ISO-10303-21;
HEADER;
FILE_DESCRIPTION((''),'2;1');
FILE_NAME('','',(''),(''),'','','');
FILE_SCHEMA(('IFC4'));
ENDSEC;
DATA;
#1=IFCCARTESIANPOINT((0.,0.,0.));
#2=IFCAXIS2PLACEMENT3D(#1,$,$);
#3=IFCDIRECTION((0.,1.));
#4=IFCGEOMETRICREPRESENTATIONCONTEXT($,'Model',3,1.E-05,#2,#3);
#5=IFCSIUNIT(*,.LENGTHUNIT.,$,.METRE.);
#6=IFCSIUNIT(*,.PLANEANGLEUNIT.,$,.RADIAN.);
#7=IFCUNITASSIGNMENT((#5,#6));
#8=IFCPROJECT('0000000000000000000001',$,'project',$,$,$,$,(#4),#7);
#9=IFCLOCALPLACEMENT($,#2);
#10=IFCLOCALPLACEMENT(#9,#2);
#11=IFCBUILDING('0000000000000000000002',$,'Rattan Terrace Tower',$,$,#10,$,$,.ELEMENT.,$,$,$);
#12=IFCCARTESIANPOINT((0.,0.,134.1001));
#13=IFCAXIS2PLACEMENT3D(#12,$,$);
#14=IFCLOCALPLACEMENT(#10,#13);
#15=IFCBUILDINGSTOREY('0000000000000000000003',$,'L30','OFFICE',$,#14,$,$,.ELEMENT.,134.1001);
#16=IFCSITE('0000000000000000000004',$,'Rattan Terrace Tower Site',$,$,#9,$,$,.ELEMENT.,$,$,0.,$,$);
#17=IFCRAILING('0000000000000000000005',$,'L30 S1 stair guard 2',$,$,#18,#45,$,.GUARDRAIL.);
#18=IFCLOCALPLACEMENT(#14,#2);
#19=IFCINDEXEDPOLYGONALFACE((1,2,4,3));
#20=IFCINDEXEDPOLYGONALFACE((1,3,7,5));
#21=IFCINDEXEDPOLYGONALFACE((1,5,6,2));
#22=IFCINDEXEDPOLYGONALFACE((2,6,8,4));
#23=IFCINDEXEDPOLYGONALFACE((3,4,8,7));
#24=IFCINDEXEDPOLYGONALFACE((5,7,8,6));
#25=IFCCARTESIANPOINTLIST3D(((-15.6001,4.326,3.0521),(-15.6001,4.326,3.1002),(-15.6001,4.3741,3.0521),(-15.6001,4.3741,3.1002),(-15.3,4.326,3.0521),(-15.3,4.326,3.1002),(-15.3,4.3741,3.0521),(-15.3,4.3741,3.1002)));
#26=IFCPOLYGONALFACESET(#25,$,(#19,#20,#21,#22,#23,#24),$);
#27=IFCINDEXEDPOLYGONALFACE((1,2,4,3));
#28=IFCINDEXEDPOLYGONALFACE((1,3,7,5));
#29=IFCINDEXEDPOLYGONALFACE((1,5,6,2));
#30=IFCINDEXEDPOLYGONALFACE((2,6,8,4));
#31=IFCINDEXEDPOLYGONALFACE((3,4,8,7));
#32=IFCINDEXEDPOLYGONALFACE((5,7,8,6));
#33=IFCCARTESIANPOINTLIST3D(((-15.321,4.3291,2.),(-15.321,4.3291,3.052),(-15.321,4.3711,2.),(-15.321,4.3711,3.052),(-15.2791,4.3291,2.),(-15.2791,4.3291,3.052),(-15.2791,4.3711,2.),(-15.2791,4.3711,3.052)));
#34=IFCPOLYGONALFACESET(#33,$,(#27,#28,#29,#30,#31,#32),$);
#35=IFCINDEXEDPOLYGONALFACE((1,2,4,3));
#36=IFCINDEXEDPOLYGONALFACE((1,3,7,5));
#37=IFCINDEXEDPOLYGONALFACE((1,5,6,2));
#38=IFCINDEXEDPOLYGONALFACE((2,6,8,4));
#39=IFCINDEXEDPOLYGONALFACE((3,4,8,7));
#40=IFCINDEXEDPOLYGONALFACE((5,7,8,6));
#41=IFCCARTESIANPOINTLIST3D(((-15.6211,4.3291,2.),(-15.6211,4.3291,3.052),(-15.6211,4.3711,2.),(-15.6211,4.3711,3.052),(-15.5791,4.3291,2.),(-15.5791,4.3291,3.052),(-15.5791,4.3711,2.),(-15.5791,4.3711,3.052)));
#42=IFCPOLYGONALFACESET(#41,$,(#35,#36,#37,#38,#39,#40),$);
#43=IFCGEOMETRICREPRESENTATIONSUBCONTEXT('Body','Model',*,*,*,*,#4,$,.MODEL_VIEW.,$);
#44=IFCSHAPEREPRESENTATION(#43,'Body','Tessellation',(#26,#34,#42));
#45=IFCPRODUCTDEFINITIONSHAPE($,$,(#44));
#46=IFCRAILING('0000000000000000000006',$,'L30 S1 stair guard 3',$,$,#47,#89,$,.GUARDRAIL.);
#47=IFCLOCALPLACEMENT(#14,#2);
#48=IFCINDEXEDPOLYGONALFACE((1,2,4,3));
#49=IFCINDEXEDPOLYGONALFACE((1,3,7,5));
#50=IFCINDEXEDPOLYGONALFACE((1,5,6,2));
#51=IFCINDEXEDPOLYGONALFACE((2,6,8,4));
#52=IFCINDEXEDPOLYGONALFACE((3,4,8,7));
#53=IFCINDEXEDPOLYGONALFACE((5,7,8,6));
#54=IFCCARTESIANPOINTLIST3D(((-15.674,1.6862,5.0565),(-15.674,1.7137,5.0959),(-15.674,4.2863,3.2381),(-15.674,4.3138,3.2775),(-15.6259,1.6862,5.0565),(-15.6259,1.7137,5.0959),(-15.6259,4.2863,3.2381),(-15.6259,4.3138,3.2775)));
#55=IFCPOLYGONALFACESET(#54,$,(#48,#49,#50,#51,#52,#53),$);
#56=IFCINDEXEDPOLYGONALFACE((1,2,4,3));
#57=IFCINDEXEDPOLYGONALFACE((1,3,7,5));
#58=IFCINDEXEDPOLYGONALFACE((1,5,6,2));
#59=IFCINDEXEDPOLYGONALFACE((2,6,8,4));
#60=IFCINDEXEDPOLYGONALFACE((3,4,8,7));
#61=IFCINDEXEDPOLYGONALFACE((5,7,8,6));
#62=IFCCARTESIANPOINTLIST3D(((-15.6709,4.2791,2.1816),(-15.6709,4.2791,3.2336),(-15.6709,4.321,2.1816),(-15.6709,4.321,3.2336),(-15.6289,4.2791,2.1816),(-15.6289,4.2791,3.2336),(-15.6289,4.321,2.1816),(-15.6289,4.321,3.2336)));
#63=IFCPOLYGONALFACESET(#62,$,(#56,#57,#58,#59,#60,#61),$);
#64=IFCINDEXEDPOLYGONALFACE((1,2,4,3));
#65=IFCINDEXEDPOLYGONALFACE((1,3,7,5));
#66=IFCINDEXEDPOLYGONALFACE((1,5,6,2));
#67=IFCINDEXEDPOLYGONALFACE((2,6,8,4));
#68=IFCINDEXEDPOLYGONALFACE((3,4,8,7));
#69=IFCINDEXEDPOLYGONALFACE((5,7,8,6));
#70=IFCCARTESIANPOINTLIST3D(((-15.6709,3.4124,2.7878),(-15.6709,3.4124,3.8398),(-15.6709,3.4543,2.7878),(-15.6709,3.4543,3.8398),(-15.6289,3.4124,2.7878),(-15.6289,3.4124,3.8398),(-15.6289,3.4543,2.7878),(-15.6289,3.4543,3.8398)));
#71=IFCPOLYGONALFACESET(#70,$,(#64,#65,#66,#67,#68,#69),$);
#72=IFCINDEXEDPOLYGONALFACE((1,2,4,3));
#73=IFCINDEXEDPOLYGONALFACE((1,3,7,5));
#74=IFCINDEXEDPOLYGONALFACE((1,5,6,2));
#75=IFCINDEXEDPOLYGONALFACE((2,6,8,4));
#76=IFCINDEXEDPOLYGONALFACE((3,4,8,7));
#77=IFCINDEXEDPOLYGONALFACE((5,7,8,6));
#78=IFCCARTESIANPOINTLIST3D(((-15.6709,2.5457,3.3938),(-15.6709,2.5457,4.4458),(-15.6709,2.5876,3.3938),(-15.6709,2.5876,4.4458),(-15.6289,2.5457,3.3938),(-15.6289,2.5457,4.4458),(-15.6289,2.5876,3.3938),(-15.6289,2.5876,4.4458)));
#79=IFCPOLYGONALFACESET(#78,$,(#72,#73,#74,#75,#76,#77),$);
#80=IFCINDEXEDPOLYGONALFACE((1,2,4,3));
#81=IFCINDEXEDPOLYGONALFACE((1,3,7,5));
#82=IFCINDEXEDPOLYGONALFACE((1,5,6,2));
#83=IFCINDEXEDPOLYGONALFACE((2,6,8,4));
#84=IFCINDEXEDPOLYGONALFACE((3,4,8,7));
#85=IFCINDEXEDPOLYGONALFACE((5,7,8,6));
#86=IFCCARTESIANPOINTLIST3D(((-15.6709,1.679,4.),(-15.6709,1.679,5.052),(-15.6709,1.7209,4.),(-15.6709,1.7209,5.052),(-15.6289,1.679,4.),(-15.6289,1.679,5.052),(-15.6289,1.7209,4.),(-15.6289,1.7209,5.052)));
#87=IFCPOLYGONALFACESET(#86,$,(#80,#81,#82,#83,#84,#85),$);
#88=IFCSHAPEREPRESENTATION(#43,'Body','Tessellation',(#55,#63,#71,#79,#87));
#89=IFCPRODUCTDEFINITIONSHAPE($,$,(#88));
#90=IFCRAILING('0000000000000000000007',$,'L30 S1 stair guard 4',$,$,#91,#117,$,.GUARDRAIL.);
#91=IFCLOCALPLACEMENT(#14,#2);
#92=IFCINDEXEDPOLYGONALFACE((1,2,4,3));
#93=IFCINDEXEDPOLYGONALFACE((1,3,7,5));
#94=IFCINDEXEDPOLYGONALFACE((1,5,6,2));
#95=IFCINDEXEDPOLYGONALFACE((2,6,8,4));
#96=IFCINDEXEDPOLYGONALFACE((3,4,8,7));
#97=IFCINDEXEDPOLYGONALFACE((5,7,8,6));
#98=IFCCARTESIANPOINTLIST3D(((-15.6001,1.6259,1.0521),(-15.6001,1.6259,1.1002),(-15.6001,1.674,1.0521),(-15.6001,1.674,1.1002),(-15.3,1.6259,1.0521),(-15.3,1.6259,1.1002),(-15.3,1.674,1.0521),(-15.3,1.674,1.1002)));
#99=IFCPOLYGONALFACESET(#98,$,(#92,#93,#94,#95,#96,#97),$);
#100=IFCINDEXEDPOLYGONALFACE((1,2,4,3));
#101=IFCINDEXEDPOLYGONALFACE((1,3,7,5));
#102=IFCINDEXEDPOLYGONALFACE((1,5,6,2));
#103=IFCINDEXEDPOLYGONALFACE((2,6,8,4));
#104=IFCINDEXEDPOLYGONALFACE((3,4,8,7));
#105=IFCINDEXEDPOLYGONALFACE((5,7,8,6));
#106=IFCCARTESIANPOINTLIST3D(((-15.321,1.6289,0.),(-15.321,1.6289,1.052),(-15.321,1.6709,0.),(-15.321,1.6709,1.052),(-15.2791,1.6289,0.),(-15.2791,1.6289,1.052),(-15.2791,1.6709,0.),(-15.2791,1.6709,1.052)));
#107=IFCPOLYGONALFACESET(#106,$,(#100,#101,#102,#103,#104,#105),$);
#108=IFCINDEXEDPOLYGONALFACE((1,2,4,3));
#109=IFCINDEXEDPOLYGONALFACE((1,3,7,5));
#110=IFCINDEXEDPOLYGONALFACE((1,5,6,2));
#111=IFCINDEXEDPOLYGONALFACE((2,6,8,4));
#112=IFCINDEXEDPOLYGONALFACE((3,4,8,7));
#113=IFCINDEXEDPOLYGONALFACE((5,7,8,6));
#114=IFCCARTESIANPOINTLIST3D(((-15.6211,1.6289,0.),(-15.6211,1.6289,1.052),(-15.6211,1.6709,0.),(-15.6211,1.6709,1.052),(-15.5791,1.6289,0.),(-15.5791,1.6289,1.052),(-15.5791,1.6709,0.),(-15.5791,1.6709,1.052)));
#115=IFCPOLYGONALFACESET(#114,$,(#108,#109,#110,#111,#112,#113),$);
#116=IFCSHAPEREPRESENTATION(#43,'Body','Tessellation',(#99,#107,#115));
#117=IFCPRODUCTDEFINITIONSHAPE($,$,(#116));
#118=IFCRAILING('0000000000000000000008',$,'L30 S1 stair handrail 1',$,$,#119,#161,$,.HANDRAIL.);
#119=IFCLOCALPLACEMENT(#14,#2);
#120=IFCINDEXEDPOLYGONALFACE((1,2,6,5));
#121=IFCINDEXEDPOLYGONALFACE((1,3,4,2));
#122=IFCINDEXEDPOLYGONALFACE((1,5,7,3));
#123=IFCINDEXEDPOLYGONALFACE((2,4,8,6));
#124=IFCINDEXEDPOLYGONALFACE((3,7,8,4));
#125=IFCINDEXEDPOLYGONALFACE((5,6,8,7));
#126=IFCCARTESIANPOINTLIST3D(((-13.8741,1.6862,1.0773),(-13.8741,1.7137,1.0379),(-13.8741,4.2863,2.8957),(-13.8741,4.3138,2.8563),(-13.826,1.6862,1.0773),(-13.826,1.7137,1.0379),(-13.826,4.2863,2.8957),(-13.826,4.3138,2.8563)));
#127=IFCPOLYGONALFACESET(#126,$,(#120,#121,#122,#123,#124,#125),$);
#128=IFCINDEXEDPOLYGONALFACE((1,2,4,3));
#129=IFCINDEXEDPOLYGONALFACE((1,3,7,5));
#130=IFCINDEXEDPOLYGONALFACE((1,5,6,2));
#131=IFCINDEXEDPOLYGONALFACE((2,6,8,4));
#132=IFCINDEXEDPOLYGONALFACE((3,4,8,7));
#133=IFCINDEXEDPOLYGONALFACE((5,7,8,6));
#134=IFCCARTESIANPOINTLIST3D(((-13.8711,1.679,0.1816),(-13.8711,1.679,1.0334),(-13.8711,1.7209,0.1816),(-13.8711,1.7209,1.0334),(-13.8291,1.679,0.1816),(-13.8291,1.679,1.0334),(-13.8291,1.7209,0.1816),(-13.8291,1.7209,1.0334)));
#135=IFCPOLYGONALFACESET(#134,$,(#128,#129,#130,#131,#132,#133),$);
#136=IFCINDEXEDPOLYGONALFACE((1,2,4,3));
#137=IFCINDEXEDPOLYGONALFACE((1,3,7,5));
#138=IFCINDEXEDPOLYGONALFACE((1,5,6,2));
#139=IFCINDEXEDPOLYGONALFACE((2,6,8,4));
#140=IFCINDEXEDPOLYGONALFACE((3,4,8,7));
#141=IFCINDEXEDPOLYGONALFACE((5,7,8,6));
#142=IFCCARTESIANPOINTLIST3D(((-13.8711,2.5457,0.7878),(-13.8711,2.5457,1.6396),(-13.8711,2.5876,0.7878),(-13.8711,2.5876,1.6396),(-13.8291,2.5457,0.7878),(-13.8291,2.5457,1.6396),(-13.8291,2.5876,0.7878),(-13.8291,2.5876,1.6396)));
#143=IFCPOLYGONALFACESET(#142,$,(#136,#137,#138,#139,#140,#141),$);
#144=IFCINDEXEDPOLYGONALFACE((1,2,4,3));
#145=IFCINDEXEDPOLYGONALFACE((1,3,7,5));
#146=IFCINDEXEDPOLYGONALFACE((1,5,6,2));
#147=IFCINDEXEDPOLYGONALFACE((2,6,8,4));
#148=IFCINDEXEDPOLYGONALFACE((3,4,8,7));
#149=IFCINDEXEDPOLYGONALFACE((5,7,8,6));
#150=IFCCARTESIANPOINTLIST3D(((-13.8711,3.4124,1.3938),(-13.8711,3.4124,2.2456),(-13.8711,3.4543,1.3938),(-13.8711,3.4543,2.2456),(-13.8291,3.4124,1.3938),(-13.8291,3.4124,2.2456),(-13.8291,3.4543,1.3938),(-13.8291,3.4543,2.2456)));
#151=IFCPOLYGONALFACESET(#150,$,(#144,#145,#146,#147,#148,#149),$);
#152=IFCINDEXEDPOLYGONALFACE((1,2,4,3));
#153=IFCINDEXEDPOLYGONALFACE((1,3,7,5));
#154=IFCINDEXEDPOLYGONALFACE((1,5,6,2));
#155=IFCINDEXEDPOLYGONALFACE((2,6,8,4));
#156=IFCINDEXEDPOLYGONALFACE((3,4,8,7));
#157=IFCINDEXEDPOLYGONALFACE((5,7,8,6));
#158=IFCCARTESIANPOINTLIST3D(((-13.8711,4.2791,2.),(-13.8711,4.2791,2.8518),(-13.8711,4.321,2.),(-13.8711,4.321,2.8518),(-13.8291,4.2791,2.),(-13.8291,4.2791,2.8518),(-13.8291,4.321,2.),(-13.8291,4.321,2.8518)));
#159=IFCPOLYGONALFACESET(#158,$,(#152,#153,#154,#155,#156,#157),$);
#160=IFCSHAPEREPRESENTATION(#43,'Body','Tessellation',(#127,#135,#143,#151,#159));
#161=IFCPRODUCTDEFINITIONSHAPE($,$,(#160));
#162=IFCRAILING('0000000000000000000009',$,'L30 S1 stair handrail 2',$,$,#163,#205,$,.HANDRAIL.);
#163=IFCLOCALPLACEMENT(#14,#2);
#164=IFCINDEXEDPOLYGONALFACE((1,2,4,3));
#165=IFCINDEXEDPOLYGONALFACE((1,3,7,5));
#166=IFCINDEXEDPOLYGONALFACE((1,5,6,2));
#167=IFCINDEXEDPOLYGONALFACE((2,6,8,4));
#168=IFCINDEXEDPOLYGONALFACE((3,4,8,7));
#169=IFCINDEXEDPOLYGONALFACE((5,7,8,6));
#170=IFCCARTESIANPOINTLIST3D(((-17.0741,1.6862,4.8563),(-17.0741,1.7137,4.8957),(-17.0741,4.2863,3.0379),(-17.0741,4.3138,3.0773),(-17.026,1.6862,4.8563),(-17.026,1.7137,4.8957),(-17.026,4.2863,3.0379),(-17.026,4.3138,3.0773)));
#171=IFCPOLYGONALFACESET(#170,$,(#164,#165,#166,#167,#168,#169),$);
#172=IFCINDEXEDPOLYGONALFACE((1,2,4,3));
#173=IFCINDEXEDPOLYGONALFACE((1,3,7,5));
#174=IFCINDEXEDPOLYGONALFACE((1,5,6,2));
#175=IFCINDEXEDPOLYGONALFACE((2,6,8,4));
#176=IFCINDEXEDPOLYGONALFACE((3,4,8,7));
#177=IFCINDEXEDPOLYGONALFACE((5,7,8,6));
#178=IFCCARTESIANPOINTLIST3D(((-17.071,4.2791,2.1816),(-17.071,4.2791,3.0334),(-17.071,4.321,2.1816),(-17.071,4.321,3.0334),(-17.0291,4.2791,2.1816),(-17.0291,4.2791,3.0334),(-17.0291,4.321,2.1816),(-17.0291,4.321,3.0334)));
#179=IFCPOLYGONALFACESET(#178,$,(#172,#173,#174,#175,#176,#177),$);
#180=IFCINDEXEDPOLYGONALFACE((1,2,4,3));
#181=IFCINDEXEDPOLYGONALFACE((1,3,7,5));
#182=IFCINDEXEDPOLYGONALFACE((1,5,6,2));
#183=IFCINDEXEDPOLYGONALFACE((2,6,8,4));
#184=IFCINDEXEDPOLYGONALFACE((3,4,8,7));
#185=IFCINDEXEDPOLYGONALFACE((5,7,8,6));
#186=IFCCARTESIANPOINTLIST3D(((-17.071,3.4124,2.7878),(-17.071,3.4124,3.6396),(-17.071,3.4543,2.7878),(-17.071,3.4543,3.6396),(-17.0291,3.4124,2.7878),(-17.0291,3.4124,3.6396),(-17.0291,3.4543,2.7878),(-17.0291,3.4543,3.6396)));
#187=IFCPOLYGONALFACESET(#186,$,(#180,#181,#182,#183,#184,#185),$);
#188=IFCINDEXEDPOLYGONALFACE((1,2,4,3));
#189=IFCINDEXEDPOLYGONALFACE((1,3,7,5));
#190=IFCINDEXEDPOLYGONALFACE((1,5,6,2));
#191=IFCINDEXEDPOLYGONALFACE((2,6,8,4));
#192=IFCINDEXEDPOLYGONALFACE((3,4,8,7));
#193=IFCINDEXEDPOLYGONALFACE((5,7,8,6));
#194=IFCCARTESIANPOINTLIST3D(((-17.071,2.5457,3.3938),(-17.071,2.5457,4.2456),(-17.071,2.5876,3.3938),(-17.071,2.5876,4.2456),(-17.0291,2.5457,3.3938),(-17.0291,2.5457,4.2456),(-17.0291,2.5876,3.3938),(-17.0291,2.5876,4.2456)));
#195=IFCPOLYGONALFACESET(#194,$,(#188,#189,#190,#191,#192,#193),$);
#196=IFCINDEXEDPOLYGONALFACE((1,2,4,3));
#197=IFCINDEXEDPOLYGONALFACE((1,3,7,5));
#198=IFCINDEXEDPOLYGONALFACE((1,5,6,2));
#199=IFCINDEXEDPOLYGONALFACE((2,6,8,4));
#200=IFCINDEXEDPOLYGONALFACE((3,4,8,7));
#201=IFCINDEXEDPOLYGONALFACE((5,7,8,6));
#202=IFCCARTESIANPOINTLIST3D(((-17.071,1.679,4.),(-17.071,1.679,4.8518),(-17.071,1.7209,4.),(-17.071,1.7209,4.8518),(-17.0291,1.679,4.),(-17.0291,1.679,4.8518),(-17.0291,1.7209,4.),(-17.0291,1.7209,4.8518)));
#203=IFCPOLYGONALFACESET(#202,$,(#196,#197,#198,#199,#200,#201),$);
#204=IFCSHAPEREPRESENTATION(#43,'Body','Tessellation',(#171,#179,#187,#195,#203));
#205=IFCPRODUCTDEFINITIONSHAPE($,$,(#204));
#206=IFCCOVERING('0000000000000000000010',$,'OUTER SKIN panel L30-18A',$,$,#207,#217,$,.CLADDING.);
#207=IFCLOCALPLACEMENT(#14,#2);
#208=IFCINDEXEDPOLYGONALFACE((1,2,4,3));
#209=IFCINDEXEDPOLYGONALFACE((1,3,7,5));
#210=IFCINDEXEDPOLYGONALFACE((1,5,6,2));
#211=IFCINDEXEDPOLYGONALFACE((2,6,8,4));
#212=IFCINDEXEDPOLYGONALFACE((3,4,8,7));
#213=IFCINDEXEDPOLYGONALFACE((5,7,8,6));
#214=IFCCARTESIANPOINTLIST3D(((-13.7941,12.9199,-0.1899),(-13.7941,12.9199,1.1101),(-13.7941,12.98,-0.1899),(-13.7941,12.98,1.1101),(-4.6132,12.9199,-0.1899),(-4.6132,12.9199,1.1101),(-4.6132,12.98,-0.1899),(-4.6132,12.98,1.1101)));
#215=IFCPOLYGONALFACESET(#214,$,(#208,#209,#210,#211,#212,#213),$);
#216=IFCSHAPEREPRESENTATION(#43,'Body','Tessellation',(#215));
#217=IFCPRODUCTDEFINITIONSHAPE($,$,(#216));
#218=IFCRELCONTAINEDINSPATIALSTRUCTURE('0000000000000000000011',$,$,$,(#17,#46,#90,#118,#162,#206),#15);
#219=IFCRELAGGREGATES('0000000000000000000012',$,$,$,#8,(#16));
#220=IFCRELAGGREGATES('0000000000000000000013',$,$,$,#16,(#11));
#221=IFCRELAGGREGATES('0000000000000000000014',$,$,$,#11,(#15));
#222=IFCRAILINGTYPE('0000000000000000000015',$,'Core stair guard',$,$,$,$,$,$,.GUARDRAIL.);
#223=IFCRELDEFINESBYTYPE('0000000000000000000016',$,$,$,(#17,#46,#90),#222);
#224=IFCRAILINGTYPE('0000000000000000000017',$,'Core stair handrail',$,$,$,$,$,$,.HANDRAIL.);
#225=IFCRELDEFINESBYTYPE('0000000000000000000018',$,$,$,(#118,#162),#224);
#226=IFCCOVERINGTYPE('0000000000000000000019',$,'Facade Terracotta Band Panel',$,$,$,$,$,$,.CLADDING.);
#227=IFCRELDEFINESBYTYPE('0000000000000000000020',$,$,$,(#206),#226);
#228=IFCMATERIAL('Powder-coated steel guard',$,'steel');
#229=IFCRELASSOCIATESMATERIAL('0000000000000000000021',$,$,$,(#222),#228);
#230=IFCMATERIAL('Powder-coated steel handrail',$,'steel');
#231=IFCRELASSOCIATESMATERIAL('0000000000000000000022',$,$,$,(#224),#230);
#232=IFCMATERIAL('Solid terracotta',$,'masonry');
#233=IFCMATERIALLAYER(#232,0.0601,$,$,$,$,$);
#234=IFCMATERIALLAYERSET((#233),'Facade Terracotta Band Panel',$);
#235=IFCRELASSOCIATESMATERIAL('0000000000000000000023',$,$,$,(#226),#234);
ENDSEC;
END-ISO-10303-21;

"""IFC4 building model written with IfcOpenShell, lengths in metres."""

from ifc_helpers import new_model, si_unit, direction, frame, origin, origin_2d, place, context, subcontext, project, spatial, rectangle, extrude, material, layer, layer_set, type_object, element, save


model = new_model("IFC4")

# Units and contexts
model_context = context("Model", 3, precision=1e-05, world=origin(), true_north=direction((0.0, 1.0)))
body_context = subcontext(model_context, "Body", "Model", "MODEL_VIEW")
ifc_project = project(units=[si_unit("LENGTHUNIT", "METRE"), si_unit("PLANEANGLEUNIT", "RADIAN")], contexts=[model_context])

# Site, building, storey
site_placement = place(None, origin())
site = spatial("IfcSite", under=ifc_project, at=site_placement, Name="Rattan Terrace Tower Site", CompositionType="ELEMENT", RefElevation=0.0)
building_placement = place(site_placement, origin())
building = spatial("IfcBuilding", under=site, at=building_placement, Name="Rattan Terrace Tower", CompositionType="ELEMENT")
storey_placement = place(building_placement, frame((0.0, 0.0, 134.1001)))
storey = spatial("IfcBuildingStorey", under=building, at=storey_placement, Name="L30", Description="OFFICE", CompositionType="ELEMENT", Elevation=134.1001)

# Railings
ifc_material_1 = material(Name="Powder-coated steel guard", Category="steel")
railing_type_1 = type_object("IfcRailingType", Name="Core stair guard", PredefinedType="GUARDRAIL", material=ifc_material_1)
railing_1_placement = place(storey_placement, frame((-15.3, 4.3501, 2.0)))
element("IfcRailing", 1, at=railing_1_placement, inside=storey, type_object=railing_type_1, Name="L30 S1 stair guard 2", PredefinedType="GUARDRAIL", context=body_context, shape_type="SweptSolid", body=[
    extrude(rectangle(XDim=0.0481, YDim=0.0481, at=origin_2d()), frame((0.0, 0.0, 1.0762), z_axis=(-1.0, 0.0, 0.0), x_axis=(0.0, -1.0, 0.0)), (0.0, 0.0, 1.0), 0.3),
    extrude(rectangle(XDim=0.042, YDim=0.042, at=origin_2d()), origin(), (0.0, 0.0, 1.0), 1.052),
    extrude(rectangle(XDim=0.042, YDim=0.042, at=origin_2d()), frame((-0.3, 0.0, 0.0)), (0.0, 0.0, 1.0), 1.052),
])
railing_2_placement = place(storey_placement, frame((-15.6499, 4.3, 2.1816)))
element("IfcRailing", 2, at=railing_2_placement, inside=storey, type_object=railing_type_1, Name="L30 S1 stair guard 3", PredefinedType="GUARDRAIL", context=body_context, shape_type="SweptSolid", body=[
    extrude(rectangle(XDim=0.0481, YDim=0.0481, at=origin_2d()), frame((0.0, 0.0, 1.0762), z_axis=(0.0, -0.819485, 0.573101), x_axis=(1.0, 0.0, 0.0)), (0.0, 0.0, 1.0), 3.1729),
    extrude(rectangle(XDim=0.042, YDim=0.042, at=origin_2d()), origin(), (0.0, 0.0, 1.0), 1.052),
    extrude(rectangle(XDim=0.042, YDim=0.042, at=origin_2d()), frame((0.0, -0.8667, 0.6062)), (0.0, 0.0, 1.0), 1.052),
    extrude(rectangle(XDim=0.042, YDim=0.042, at=origin_2d()), frame((0.0, -1.7334, 1.2122)), (0.0, 0.0, 1.0), 1.052),
    extrude(rectangle(XDim=0.042, YDim=0.042, at=origin_2d()), frame((0.0, -2.6001, 1.8184)), (0.0, 0.0, 1.0), 1.052),
])
railing_3_placement = place(storey_placement, frame((-15.3, 1.6499, 0.0)))
element("IfcRailing", 3, at=railing_3_placement, inside=storey, type_object=railing_type_1, Name="L30 S1 stair guard 4", PredefinedType="GUARDRAIL", context=body_context, shape_type="SweptSolid", body=[
    extrude(rectangle(XDim=0.0481, YDim=0.0481, at=origin_2d()), frame((0.0, 0.0, 1.0762), z_axis=(-1.0, 0.0, 0.0), x_axis=(0.0, -1.0, 0.0)), (0.0, 0.0, 1.0), 0.3),
    extrude(rectangle(XDim=0.042, YDim=0.042, at=origin_2d()), origin(), (0.0, 0.0, 1.0), 1.052),
    extrude(rectangle(XDim=0.042, YDim=0.042, at=origin_2d()), frame((-0.3, 0.0, 0.0)), (0.0, 0.0, 1.0), 1.052),
])
ifc_material_2 = material(Name="Powder-coated steel handrail", Category="steel")
railing_type_2 = type_object("IfcRailingType", Name="Core stair handrail", PredefinedType="HANDRAIL", material=ifc_material_2)
railing_4_placement = place(storey_placement, frame((-13.8501, 1.7, 0.1816)))
element("IfcRailing", 4, at=railing_4_placement, inside=storey, type_object=railing_type_2, Name="L30 S1 stair handrail 1", PredefinedType="HANDRAIL", context=body_context, shape_type="SweptSolid", body=[
    extrude(rectangle(XDim=0.0481, YDim=0.0481, at=origin_2d()), frame((0.0, 0.0, 0.876), z_axis=(0.0, 0.819485, 0.573101), x_axis=(-1.0, 0.0, 0.0)), (0.0, 0.0, 1.0), 3.1729),
    extrude(rectangle(XDim=0.042, YDim=0.042, at=origin_2d()), origin(), (0.0, 0.0, 1.0), 0.8518),
    extrude(rectangle(XDim=0.042, YDim=0.042, at=origin_2d()), frame((0.0, 0.8667, 0.6062)), (0.0, 0.0, 1.0), 0.8518),
    extrude(rectangle(XDim=0.042, YDim=0.042, at=origin_2d()), frame((0.0, 1.7334, 1.2122)), (0.0, 0.0, 1.0), 0.8518),
    extrude(rectangle(XDim=0.042, YDim=0.042, at=origin_2d()), frame((0.0, 2.6001, 1.8184)), (0.0, 0.0, 1.0), 0.8518),
])
railing_5_placement = place(storey_placement, frame((-17.05, 4.3, 2.1816)))
element("IfcRailing", 5, at=railing_5_placement, inside=storey, type_object=railing_type_2, Name="L30 S1 stair handrail 2", PredefinedType="HANDRAIL", context=body_context, shape_type="SweptSolid", body=[
    extrude(rectangle(XDim=0.0481, YDim=0.0481, at=origin_2d()), frame((0.0, 0.0, 0.876), z_axis=(0.0, -0.819485, 0.573101), x_axis=(1.0, 0.0, 0.0)), (0.0, 0.0, 1.0), 3.1729),
    extrude(rectangle(XDim=0.042, YDim=0.042, at=origin_2d()), origin(), (0.0, 0.0, 1.0), 0.8518),
    extrude(rectangle(XDim=0.042, YDim=0.042, at=origin_2d()), frame((0.0, -0.8667, 0.6062)), (0.0, 0.0, 1.0), 0.8518),
    extrude(rectangle(XDim=0.042, YDim=0.042, at=origin_2d()), frame((0.0, -1.7334, 1.2122)), (0.0, 0.0, 1.0), 0.8518),
    extrude(rectangle(XDim=0.042, YDim=0.042, at=origin_2d()), frame((0.0, -2.6001, 1.8184)), (0.0, 0.0, 1.0), 0.8518),
])

# Covering
ifc_material_3 = material(Name="Solid terracotta", Category="masonry")
ifc_layer_1 = layer(ifc_material_3, 0.0601)
ifc_layer_set_1 = layer_set([ifc_layer_1], Name="Facade Terracotta Band Panel")
covering_type_1 = type_object("IfcCoveringType", Name="Facade Terracotta Band Panel", PredefinedType="CLADDING", material=ifc_layer_set_1)
covering_1_placement = place(storey_placement, frame((-9.2036, 12.95, -0.1899), z_axis=(0.0, 0.0, 1.0), x_axis=(-1.0, 0.0, 0.0)))
element("IfcCovering", 6, at=covering_1_placement, inside=storey, type_object=covering_type_1, Name="OUTER SKIN panel L30-18A", PredefinedType="CLADDING", context=body_context, shape_type="SweptSolid", body=[
    extrude(rectangle(XDim=9.1809, YDim=0.0601, at=origin_2d()), origin(), (0.0, 0.0, 1.0), 1.3),
])

save(model, "model.ifc")
